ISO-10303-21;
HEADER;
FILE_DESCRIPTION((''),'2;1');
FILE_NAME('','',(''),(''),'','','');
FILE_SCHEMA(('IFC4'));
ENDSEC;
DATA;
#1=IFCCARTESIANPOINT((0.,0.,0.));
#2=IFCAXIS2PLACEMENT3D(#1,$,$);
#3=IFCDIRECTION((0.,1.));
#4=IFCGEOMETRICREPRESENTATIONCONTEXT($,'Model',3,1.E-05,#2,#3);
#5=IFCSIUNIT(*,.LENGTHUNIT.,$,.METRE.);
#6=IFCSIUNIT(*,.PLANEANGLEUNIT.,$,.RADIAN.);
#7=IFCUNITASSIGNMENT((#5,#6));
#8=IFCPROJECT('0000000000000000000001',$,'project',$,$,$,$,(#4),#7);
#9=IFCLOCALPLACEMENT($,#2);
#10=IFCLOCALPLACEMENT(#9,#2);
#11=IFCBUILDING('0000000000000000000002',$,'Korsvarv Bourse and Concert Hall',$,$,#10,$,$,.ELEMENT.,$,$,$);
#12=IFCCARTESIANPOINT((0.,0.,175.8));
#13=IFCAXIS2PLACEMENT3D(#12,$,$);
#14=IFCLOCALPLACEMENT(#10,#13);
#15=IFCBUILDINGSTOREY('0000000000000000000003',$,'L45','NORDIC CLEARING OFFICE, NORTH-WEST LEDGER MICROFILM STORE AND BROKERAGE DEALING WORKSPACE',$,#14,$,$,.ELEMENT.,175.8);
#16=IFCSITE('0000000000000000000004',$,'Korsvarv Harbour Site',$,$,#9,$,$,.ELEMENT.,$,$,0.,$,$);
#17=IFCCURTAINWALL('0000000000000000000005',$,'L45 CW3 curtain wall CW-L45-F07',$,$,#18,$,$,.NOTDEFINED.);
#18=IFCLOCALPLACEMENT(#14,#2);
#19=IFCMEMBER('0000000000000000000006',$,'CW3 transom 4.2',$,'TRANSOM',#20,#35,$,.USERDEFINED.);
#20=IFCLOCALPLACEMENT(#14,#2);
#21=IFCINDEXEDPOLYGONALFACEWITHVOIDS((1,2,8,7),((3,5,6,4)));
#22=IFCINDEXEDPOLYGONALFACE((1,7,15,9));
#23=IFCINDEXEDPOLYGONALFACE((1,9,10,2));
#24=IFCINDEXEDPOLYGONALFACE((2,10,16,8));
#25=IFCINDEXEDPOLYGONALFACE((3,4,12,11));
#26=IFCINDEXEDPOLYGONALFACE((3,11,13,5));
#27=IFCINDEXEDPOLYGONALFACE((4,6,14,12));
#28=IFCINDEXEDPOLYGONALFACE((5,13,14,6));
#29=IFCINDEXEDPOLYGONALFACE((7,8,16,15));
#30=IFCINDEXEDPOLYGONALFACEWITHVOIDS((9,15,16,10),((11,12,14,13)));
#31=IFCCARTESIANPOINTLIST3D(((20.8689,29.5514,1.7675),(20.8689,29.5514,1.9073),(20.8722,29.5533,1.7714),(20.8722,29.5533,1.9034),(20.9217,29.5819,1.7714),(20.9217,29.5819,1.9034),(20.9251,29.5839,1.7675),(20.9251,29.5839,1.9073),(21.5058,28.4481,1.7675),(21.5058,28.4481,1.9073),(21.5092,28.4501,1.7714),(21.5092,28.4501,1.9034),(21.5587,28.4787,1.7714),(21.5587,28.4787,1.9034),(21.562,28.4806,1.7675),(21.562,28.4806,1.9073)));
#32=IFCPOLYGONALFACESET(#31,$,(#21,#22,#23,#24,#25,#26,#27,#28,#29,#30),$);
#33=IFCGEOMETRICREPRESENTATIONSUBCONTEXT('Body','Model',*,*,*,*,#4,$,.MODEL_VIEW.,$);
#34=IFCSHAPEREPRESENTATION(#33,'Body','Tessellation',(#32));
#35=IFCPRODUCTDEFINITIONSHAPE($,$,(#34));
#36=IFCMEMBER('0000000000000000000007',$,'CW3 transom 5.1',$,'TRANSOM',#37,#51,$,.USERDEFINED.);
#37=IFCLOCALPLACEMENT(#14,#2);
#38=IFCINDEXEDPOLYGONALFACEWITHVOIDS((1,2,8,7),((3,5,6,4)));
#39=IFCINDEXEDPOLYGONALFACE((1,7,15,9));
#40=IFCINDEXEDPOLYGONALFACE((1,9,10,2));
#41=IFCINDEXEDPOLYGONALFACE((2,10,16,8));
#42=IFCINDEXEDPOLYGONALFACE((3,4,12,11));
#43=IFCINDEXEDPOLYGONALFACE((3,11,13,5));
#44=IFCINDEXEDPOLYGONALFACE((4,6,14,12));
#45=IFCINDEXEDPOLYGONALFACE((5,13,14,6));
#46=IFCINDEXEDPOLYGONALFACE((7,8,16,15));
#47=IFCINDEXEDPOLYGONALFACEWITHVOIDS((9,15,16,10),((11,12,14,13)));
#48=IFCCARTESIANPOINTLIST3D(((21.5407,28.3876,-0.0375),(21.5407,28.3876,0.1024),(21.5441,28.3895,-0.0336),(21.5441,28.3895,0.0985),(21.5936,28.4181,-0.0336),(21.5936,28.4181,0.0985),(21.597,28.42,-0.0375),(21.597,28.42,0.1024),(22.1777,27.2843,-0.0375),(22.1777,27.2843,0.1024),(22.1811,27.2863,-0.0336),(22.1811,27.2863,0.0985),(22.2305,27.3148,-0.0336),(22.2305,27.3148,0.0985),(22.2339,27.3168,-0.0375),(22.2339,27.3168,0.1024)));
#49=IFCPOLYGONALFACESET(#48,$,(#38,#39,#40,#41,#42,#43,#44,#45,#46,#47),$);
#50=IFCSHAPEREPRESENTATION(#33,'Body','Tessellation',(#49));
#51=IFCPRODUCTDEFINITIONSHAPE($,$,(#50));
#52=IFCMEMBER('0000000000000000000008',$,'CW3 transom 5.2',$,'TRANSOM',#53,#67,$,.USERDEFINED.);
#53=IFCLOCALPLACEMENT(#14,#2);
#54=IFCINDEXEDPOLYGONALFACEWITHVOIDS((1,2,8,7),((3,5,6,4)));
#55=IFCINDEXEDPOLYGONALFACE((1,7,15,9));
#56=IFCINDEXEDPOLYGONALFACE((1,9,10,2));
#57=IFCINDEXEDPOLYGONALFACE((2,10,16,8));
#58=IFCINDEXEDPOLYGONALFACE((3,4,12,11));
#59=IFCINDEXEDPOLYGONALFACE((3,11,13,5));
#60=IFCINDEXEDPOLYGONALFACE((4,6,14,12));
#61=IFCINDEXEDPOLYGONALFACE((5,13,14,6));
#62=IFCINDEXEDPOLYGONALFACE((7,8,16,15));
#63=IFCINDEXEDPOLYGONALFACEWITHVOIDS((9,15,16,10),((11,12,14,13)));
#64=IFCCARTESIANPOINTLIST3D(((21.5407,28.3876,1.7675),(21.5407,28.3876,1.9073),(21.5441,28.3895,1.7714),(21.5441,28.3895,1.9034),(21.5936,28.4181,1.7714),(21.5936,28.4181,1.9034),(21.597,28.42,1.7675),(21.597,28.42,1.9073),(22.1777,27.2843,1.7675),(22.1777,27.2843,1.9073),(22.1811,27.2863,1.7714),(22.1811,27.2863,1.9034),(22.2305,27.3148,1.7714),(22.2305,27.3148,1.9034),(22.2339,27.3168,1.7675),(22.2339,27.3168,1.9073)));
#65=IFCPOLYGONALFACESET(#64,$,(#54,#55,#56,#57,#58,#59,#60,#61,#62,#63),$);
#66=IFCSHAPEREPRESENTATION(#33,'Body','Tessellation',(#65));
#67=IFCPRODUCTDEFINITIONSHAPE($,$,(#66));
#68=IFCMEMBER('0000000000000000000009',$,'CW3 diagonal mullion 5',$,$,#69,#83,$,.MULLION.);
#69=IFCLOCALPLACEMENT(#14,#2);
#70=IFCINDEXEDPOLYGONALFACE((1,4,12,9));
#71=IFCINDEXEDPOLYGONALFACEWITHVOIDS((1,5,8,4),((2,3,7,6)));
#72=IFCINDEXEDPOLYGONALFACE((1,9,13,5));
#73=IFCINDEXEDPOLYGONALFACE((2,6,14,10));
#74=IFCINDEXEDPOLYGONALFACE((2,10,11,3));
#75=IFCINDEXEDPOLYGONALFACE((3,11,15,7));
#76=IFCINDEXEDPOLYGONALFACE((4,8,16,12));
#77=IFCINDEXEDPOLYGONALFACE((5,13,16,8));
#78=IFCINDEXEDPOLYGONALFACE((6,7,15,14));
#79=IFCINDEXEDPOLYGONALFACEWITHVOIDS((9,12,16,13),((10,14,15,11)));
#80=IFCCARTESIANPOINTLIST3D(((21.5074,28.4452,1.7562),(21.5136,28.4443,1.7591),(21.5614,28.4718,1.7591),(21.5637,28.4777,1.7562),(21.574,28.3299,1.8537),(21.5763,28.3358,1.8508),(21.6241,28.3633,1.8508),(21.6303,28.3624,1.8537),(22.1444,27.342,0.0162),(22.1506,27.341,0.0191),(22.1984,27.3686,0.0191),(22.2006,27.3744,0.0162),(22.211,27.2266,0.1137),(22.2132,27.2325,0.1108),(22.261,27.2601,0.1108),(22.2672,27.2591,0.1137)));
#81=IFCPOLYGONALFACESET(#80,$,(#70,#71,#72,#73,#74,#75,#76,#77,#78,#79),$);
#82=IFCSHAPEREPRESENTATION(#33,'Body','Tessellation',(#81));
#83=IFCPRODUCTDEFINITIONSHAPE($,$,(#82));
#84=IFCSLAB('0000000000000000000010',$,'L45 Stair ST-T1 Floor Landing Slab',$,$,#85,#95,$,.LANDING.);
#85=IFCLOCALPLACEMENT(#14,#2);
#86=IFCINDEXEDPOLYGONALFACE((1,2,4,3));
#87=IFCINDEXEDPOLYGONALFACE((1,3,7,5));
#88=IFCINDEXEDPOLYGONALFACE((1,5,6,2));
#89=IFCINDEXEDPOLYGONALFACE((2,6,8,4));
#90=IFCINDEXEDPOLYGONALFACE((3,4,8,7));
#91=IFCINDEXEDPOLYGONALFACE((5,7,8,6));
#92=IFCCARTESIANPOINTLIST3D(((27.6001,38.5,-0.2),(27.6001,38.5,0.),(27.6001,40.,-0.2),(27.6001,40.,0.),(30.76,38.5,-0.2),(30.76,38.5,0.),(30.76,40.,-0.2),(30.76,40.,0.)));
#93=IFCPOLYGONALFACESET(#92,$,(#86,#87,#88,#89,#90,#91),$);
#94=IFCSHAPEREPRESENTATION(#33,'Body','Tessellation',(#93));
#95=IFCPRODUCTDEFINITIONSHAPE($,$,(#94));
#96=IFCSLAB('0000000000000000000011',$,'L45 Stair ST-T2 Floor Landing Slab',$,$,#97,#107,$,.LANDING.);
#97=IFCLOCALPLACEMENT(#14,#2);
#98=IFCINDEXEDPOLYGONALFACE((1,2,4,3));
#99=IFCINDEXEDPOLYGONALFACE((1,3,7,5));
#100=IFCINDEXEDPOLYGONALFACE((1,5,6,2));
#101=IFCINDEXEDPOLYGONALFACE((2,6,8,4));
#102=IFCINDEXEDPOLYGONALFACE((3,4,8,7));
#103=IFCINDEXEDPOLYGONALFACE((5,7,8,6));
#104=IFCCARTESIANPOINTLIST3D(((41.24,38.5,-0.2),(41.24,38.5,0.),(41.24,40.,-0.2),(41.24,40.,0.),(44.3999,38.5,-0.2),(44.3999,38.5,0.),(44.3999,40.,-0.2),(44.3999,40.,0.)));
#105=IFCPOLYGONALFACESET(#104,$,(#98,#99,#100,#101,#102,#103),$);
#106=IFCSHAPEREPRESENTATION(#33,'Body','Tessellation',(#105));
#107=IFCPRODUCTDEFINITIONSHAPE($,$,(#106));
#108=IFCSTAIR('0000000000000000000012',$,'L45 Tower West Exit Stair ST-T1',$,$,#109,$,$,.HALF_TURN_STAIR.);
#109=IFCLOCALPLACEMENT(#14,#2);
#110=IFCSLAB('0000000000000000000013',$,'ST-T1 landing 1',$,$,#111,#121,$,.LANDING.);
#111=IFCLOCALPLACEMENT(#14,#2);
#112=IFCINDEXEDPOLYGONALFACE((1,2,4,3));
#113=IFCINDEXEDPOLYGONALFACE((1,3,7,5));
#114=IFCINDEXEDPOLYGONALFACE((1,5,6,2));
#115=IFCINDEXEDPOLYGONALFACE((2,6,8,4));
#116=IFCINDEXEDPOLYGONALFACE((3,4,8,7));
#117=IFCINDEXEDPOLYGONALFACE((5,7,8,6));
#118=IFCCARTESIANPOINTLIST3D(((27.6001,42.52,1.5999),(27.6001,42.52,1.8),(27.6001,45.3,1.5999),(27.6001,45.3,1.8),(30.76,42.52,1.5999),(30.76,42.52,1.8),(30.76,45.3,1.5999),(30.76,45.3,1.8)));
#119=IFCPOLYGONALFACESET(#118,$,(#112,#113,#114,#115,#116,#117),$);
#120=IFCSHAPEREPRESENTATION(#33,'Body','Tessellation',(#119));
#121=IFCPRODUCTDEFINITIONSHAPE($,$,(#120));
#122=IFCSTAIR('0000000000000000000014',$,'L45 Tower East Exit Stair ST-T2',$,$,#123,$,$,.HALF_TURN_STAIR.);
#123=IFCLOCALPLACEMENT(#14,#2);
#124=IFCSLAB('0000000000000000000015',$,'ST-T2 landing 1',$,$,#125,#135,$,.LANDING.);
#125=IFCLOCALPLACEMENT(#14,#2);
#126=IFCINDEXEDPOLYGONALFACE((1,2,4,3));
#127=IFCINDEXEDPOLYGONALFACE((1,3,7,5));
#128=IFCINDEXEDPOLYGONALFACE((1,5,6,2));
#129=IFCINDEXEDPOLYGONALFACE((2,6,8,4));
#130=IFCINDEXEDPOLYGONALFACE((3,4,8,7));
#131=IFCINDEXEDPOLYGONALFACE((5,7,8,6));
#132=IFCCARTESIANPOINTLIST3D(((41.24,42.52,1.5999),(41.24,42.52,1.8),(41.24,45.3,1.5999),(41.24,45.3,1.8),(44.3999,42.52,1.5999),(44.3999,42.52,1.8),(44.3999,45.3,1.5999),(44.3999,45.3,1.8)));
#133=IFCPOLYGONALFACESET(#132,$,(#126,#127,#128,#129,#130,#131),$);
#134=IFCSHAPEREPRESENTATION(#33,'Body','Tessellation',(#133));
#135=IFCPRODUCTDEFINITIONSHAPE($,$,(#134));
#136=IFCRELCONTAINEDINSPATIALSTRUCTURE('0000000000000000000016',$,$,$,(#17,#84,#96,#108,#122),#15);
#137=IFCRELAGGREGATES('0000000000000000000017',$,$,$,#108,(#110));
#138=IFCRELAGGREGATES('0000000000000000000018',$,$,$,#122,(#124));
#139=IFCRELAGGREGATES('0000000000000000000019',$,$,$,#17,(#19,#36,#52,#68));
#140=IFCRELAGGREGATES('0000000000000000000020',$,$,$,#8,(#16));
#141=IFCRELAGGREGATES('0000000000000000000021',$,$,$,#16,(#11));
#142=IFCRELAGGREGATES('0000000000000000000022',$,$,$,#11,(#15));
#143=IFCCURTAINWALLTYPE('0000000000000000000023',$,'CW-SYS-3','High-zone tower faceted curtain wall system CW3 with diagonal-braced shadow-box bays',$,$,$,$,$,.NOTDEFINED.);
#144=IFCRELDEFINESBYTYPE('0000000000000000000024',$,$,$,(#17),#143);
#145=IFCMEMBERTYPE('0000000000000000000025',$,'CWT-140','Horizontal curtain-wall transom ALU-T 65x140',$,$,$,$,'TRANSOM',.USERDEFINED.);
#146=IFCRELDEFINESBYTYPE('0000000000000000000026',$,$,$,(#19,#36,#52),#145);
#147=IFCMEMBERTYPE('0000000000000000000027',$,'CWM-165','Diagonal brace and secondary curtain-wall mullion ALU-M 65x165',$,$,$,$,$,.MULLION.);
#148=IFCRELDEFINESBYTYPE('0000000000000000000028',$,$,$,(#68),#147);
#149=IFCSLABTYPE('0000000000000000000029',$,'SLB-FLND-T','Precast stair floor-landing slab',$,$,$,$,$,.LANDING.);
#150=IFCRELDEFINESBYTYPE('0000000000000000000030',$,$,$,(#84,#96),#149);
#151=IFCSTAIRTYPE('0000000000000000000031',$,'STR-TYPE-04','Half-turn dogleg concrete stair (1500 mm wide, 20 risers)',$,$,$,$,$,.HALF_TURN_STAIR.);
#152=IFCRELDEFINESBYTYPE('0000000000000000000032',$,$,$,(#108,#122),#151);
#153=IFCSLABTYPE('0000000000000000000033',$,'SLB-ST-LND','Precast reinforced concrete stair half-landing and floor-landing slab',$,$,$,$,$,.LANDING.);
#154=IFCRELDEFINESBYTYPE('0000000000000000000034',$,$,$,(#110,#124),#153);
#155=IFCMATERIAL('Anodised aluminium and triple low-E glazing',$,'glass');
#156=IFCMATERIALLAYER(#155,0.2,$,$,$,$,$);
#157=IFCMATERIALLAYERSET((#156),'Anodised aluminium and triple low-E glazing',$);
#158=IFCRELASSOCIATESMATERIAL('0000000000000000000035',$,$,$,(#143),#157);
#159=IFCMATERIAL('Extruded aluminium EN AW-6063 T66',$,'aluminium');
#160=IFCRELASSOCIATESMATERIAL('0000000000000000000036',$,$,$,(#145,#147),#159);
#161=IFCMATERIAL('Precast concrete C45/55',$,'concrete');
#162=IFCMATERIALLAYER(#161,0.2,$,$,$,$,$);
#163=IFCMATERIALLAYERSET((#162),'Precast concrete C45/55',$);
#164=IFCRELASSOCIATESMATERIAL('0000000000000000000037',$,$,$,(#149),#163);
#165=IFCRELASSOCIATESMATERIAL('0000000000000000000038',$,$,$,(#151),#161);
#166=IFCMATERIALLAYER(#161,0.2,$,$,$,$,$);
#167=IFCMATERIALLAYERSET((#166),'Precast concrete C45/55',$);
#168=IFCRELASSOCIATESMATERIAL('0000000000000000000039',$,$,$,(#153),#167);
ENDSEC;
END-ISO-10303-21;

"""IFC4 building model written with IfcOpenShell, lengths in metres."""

from ifc_helpers import new_model, si_unit, direction, frame, origin, origin_2d, place, context, subcontext, project, spatial, polyline, hollow_rectangle, outline, extrude, source, transform, mapped, material, layer, layer_set, material_profile, profile_set, type_object, element, aggregate, save


model = new_model("IFC4")

# Units and contexts
model_context = context("Model", 3, precision=1e-05, world=origin(), true_north=direction((0.0, 1.0)))
body_context = subcontext(model_context, "Body", "Model", "MODEL_VIEW")
ifc_project = project(units=[si_unit("LENGTHUNIT", "METRE"), si_unit("PLANEANGLEUNIT", "RADIAN")], contexts=[model_context])

# Site, building, storey
site_placement = place(None, origin())
site = spatial("IfcSite", under=ifc_project, at=site_placement, Name="Korsvarv Harbour Site", CompositionType="ELEMENT", RefElevation=0.0)
building_placement = place(site_placement, origin())
building = spatial("IfcBuilding", under=site, at=building_placement, Name="Korsvarv Bourse and Concert Hall", CompositionType="ELEMENT")
storey_placement = place(building_placement, frame((0.0, 0.0, 175.8)))
storey = spatial("IfcBuildingStorey", under=building, at=storey_placement, Name="L45", Description="NORDIC CLEARING OFFICE, NORTH-WEST LEDGER MICROFILM STORE AND BROKERAGE DEALING WORKSPACE", CompositionType="ELEMENT", Elevation=175.8)

# Curtain wall, members
ifc_material_1 = material(Name="Anodised aluminium and triple low-E glazing", Category="glass")
ifc_layer_1 = layer(ifc_material_1, 0.2)
ifc_layer_set_1 = layer_set([ifc_layer_1], Name="Anodised aluminium and triple low-E glazing")
curtain_wall_type = type_object("IfcCurtainWallType", Name="CW-SYS-3", Description="High-zone tower faceted curtain wall system CW3 with diagonal-braced shadow-box bays", PredefinedType="NOTDEFINED", material=ifc_layer_set_1)
curtain_wall_placement = place(storey_placement, origin())
curtain_wall = element("IfcCurtainWall", 1, at=curtain_wall_placement, inside=storey, type_object=curtain_wall_type, Name="L45 CW3 curtain wall CW-L45-F07", PredefinedType="NOTDEFINED")
ifc_material_2 = material(Name="Extruded aluminium EN AW-6063 T66", Category="aluminium")
ifc_material_profile_1 = material_profile(ifc_material_2, hollow_rectangle(XDim=0.0649, YDim=0.1399, WallThickness=0.0039, at=origin_2d()), Name="ALU-T 65x140")
ifc_profile_set_1 = profile_set([ifc_material_profile_1], Name="Extruded aluminium EN AW-6063 T66")
member_type_1 = type_object("IfcMemberType", Name="CWT-140", Description="Horizontal curtain-wall transom ALU-T 65x140", ElementType="TRANSOM", PredefinedType="USERDEFINED", material=ifc_profile_set_1)
ifc_material_profile_2 = material_profile(ifc_material_2, hollow_rectangle(XDim=0.0649, YDim=0.165, WallThickness=0.0049, at=origin_2d()), Name="ALU-M 65x165")
ifc_profile_set_2 = profile_set([ifc_material_profile_2], Name="Extruded aluminium EN AW-6063 T66")
member_type_2 = type_object("IfcMemberType", Name="CWM-165", Description="Diagonal brace and secondary curtain-wall mullion ALU-M 65x165", PredefinedType="MULLION", material=ifc_profile_set_2)
shared_shape_1 = source(origin(), body_context, "Body", "SweptSolid", [
    extrude(hollow_rectangle(XDim=0.0649, YDim=0.1399, WallThickness=0.0039, at=origin_2d()), origin(), (0.0, 0.0, 1.0), 1.2739),
])
member_1_placement = place(storey_placement, frame((20.897, 29.5676, 1.8374), z_axis=(0.499993, -0.866029, 0.0), x_axis=(0.866029, 0.499993, 0.0)))
member_1 = element("IfcMember", 2, at=member_1_placement, type_object=member_type_1, Name="CW3 transom 4.2", ObjectType="TRANSOM", PredefinedType="USERDEFINED", context=body_context, shape_type="MappedRepresentation", body=[
    mapped(shared_shape_1, transform((0.0, 0.0, 0.0), scale=1.0)),
])
member_2_placement = place(storey_placement, frame((21.5688, 28.4038, 0.0325), z_axis=(0.499993, -0.866029, 0.0), x_axis=(0.866029, 0.499993, 0.0)))
member_2 = element("IfcMember", 3, at=member_2_placement, type_object=member_type_1, Name="CW3 transom 5.1", ObjectType="TRANSOM", PredefinedType="USERDEFINED", context=body_context, shape_type="MappedRepresentation", body=[
    mapped(shared_shape_1, transform((0.0, 0.0, 0.0), scale=1.0)),
])
member_3_placement = place(storey_placement, frame((21.5688, 28.4038, 1.8374), z_axis=(0.499993, -0.866029, 0.0), x_axis=(0.866029, 0.499993, 0.0)))
member_3 = element("IfcMember", 4, at=member_3_placement, type_object=member_type_1, Name="CW3 transom 5.2", ObjectType="TRANSOM", PredefinedType="USERDEFINED", context=body_context, shape_type="MappedRepresentation", body=[
    mapped(shared_shape_1, transform((0.0, 0.0, 0.0), scale=1.0)),
])
shared_shape_2 = source(origin(), body_context, "Body", "SweptSolid", [
    extrude(hollow_rectangle(XDim=0.0649, YDim=0.165, WallThickness=0.0049, at=origin_2d()), origin(), (0.0, 0.0, 1.0), 2.1565),
])
member_4_placement = place(storey_placement, frame((22.2058, 27.3005, 0.0649), z_axis=(-0.295369, 0.511603, 0.806858), x_axis=(-0.866029, -0.499993, 0.0)))
member_4 = element("IfcMember", 5, at=member_4_placement, type_object=member_type_2, Name="CW3 diagonal mullion 5", PredefinedType="MULLION", context=body_context, shape_type="MappedRepresentation", body=[
    mapped(shared_shape_2, transform((0.0, 0.0, 0.0), scale=1.0)),
])

# Slabs
ifc_material_3 = material(Name="Precast concrete C45/55", Category="concrete")
ifc_layer_2 = layer(ifc_material_3, 0.2)
ifc_layer_set_2 = layer_set([ifc_layer_2], Name="Precast concrete C45/55")
slab_type_1 = type_object("IfcSlabType", Name="SLB-FLND-T", Description="Precast stair floor-landing slab", PredefinedType="LANDING", material=ifc_layer_set_2)
slab_1_placement = place(storey_placement, frame((0.0, 0.0, -0.2)))
element("IfcSlab", 6, at=slab_1_placement, inside=storey, type_object=slab_type_1, Name="L45 Stair ST-T1 Floor Landing Slab", PredefinedType="LANDING", context=body_context, shape_type="SweptSolid", body=[
    extrude(outline(polyline([(30.76, 38.5), (30.76, 40.0), (27.6001, 40.0), (27.6001, 38.5), (30.76, 38.5)])), origin(), (0.0, 0.0, 1.0), 0.2),
])
slab_2_placement = place(storey_placement, frame((0.0, 0.0, -0.2)))
element("IfcSlab", 7, at=slab_2_placement, inside=storey, type_object=slab_type_1, Name="L45 Stair ST-T2 Floor Landing Slab", PredefinedType="LANDING", context=body_context, shape_type="SweptSolid", body=[
    extrude(outline(polyline([(44.3999, 38.5), (44.3999, 40.0), (41.24, 40.0), (41.24, 38.5), (44.3999, 38.5)])), origin(), (0.0, 0.0, 1.0), 0.2),
])

# Stairs, slabs
stair_type = type_object("IfcStairType", Name="STR-TYPE-04", Description="Half-turn dogleg concrete stair (1500 mm wide, 20 risers)", PredefinedType="HALF_TURN_STAIR", material=ifc_material_3)
stair_1_placement = place(storey_placement, origin())
stair_1 = element("IfcStair", 8, at=stair_1_placement, inside=storey, type_object=stair_type, Name="L45 Tower West Exit Stair ST-T1", PredefinedType="HALF_TURN_STAIR")
ifc_layer_3 = layer(ifc_material_3, 0.2)
ifc_layer_set_3 = layer_set([ifc_layer_3], Name="Precast concrete C45/55")
slab_type_2 = type_object("IfcSlabType", Name="SLB-ST-LND", Description="Precast reinforced concrete stair half-landing and floor-landing slab", PredefinedType="LANDING", material=ifc_layer_set_3)
slab_3_placement = place(storey_placement, frame((0.0, 0.0, 1.5999)))
slab_3 = element("IfcSlab", 9, at=slab_3_placement, type_object=slab_type_2, Name="ST-T1 landing 1", PredefinedType="LANDING", context=body_context, shape_type="SweptSolid", body=[
    extrude(outline(polyline([(30.76, 42.52), (30.76, 45.3), (27.6001, 45.3), (27.6001, 42.52), (30.76, 42.52)])), origin(), (0.0, 0.0, 1.0), 0.2002),
])
aggregate(stair_1, [slab_3])
stair_2_placement = place(storey_placement, origin())
stair_2 = element("IfcStair", 10, at=stair_2_placement, inside=storey, type_object=stair_type, Name="L45 Tower East Exit Stair ST-T2", PredefinedType="HALF_TURN_STAIR")
slab_4_placement = place(storey_placement, frame((0.0, 0.0, 1.5999)))
slab_4 = element("IfcSlab", 11, at=slab_4_placement, type_object=slab_type_2, Name="ST-T2 landing 1", PredefinedType="LANDING", context=body_context, shape_type="SweptSolid", body=[
    extrude(outline(polyline([(44.3999, 42.52), (44.3999, 45.3), (41.24, 45.3), (41.24, 42.52), (44.3999, 42.52)])), origin(), (0.0, 0.0, 1.0), 0.2002),
])
aggregate(stair_2, [slab_4])

aggregate(curtain_wall, [member_1, member_2, member_3, member_4])

save(model, "model.ifc")
